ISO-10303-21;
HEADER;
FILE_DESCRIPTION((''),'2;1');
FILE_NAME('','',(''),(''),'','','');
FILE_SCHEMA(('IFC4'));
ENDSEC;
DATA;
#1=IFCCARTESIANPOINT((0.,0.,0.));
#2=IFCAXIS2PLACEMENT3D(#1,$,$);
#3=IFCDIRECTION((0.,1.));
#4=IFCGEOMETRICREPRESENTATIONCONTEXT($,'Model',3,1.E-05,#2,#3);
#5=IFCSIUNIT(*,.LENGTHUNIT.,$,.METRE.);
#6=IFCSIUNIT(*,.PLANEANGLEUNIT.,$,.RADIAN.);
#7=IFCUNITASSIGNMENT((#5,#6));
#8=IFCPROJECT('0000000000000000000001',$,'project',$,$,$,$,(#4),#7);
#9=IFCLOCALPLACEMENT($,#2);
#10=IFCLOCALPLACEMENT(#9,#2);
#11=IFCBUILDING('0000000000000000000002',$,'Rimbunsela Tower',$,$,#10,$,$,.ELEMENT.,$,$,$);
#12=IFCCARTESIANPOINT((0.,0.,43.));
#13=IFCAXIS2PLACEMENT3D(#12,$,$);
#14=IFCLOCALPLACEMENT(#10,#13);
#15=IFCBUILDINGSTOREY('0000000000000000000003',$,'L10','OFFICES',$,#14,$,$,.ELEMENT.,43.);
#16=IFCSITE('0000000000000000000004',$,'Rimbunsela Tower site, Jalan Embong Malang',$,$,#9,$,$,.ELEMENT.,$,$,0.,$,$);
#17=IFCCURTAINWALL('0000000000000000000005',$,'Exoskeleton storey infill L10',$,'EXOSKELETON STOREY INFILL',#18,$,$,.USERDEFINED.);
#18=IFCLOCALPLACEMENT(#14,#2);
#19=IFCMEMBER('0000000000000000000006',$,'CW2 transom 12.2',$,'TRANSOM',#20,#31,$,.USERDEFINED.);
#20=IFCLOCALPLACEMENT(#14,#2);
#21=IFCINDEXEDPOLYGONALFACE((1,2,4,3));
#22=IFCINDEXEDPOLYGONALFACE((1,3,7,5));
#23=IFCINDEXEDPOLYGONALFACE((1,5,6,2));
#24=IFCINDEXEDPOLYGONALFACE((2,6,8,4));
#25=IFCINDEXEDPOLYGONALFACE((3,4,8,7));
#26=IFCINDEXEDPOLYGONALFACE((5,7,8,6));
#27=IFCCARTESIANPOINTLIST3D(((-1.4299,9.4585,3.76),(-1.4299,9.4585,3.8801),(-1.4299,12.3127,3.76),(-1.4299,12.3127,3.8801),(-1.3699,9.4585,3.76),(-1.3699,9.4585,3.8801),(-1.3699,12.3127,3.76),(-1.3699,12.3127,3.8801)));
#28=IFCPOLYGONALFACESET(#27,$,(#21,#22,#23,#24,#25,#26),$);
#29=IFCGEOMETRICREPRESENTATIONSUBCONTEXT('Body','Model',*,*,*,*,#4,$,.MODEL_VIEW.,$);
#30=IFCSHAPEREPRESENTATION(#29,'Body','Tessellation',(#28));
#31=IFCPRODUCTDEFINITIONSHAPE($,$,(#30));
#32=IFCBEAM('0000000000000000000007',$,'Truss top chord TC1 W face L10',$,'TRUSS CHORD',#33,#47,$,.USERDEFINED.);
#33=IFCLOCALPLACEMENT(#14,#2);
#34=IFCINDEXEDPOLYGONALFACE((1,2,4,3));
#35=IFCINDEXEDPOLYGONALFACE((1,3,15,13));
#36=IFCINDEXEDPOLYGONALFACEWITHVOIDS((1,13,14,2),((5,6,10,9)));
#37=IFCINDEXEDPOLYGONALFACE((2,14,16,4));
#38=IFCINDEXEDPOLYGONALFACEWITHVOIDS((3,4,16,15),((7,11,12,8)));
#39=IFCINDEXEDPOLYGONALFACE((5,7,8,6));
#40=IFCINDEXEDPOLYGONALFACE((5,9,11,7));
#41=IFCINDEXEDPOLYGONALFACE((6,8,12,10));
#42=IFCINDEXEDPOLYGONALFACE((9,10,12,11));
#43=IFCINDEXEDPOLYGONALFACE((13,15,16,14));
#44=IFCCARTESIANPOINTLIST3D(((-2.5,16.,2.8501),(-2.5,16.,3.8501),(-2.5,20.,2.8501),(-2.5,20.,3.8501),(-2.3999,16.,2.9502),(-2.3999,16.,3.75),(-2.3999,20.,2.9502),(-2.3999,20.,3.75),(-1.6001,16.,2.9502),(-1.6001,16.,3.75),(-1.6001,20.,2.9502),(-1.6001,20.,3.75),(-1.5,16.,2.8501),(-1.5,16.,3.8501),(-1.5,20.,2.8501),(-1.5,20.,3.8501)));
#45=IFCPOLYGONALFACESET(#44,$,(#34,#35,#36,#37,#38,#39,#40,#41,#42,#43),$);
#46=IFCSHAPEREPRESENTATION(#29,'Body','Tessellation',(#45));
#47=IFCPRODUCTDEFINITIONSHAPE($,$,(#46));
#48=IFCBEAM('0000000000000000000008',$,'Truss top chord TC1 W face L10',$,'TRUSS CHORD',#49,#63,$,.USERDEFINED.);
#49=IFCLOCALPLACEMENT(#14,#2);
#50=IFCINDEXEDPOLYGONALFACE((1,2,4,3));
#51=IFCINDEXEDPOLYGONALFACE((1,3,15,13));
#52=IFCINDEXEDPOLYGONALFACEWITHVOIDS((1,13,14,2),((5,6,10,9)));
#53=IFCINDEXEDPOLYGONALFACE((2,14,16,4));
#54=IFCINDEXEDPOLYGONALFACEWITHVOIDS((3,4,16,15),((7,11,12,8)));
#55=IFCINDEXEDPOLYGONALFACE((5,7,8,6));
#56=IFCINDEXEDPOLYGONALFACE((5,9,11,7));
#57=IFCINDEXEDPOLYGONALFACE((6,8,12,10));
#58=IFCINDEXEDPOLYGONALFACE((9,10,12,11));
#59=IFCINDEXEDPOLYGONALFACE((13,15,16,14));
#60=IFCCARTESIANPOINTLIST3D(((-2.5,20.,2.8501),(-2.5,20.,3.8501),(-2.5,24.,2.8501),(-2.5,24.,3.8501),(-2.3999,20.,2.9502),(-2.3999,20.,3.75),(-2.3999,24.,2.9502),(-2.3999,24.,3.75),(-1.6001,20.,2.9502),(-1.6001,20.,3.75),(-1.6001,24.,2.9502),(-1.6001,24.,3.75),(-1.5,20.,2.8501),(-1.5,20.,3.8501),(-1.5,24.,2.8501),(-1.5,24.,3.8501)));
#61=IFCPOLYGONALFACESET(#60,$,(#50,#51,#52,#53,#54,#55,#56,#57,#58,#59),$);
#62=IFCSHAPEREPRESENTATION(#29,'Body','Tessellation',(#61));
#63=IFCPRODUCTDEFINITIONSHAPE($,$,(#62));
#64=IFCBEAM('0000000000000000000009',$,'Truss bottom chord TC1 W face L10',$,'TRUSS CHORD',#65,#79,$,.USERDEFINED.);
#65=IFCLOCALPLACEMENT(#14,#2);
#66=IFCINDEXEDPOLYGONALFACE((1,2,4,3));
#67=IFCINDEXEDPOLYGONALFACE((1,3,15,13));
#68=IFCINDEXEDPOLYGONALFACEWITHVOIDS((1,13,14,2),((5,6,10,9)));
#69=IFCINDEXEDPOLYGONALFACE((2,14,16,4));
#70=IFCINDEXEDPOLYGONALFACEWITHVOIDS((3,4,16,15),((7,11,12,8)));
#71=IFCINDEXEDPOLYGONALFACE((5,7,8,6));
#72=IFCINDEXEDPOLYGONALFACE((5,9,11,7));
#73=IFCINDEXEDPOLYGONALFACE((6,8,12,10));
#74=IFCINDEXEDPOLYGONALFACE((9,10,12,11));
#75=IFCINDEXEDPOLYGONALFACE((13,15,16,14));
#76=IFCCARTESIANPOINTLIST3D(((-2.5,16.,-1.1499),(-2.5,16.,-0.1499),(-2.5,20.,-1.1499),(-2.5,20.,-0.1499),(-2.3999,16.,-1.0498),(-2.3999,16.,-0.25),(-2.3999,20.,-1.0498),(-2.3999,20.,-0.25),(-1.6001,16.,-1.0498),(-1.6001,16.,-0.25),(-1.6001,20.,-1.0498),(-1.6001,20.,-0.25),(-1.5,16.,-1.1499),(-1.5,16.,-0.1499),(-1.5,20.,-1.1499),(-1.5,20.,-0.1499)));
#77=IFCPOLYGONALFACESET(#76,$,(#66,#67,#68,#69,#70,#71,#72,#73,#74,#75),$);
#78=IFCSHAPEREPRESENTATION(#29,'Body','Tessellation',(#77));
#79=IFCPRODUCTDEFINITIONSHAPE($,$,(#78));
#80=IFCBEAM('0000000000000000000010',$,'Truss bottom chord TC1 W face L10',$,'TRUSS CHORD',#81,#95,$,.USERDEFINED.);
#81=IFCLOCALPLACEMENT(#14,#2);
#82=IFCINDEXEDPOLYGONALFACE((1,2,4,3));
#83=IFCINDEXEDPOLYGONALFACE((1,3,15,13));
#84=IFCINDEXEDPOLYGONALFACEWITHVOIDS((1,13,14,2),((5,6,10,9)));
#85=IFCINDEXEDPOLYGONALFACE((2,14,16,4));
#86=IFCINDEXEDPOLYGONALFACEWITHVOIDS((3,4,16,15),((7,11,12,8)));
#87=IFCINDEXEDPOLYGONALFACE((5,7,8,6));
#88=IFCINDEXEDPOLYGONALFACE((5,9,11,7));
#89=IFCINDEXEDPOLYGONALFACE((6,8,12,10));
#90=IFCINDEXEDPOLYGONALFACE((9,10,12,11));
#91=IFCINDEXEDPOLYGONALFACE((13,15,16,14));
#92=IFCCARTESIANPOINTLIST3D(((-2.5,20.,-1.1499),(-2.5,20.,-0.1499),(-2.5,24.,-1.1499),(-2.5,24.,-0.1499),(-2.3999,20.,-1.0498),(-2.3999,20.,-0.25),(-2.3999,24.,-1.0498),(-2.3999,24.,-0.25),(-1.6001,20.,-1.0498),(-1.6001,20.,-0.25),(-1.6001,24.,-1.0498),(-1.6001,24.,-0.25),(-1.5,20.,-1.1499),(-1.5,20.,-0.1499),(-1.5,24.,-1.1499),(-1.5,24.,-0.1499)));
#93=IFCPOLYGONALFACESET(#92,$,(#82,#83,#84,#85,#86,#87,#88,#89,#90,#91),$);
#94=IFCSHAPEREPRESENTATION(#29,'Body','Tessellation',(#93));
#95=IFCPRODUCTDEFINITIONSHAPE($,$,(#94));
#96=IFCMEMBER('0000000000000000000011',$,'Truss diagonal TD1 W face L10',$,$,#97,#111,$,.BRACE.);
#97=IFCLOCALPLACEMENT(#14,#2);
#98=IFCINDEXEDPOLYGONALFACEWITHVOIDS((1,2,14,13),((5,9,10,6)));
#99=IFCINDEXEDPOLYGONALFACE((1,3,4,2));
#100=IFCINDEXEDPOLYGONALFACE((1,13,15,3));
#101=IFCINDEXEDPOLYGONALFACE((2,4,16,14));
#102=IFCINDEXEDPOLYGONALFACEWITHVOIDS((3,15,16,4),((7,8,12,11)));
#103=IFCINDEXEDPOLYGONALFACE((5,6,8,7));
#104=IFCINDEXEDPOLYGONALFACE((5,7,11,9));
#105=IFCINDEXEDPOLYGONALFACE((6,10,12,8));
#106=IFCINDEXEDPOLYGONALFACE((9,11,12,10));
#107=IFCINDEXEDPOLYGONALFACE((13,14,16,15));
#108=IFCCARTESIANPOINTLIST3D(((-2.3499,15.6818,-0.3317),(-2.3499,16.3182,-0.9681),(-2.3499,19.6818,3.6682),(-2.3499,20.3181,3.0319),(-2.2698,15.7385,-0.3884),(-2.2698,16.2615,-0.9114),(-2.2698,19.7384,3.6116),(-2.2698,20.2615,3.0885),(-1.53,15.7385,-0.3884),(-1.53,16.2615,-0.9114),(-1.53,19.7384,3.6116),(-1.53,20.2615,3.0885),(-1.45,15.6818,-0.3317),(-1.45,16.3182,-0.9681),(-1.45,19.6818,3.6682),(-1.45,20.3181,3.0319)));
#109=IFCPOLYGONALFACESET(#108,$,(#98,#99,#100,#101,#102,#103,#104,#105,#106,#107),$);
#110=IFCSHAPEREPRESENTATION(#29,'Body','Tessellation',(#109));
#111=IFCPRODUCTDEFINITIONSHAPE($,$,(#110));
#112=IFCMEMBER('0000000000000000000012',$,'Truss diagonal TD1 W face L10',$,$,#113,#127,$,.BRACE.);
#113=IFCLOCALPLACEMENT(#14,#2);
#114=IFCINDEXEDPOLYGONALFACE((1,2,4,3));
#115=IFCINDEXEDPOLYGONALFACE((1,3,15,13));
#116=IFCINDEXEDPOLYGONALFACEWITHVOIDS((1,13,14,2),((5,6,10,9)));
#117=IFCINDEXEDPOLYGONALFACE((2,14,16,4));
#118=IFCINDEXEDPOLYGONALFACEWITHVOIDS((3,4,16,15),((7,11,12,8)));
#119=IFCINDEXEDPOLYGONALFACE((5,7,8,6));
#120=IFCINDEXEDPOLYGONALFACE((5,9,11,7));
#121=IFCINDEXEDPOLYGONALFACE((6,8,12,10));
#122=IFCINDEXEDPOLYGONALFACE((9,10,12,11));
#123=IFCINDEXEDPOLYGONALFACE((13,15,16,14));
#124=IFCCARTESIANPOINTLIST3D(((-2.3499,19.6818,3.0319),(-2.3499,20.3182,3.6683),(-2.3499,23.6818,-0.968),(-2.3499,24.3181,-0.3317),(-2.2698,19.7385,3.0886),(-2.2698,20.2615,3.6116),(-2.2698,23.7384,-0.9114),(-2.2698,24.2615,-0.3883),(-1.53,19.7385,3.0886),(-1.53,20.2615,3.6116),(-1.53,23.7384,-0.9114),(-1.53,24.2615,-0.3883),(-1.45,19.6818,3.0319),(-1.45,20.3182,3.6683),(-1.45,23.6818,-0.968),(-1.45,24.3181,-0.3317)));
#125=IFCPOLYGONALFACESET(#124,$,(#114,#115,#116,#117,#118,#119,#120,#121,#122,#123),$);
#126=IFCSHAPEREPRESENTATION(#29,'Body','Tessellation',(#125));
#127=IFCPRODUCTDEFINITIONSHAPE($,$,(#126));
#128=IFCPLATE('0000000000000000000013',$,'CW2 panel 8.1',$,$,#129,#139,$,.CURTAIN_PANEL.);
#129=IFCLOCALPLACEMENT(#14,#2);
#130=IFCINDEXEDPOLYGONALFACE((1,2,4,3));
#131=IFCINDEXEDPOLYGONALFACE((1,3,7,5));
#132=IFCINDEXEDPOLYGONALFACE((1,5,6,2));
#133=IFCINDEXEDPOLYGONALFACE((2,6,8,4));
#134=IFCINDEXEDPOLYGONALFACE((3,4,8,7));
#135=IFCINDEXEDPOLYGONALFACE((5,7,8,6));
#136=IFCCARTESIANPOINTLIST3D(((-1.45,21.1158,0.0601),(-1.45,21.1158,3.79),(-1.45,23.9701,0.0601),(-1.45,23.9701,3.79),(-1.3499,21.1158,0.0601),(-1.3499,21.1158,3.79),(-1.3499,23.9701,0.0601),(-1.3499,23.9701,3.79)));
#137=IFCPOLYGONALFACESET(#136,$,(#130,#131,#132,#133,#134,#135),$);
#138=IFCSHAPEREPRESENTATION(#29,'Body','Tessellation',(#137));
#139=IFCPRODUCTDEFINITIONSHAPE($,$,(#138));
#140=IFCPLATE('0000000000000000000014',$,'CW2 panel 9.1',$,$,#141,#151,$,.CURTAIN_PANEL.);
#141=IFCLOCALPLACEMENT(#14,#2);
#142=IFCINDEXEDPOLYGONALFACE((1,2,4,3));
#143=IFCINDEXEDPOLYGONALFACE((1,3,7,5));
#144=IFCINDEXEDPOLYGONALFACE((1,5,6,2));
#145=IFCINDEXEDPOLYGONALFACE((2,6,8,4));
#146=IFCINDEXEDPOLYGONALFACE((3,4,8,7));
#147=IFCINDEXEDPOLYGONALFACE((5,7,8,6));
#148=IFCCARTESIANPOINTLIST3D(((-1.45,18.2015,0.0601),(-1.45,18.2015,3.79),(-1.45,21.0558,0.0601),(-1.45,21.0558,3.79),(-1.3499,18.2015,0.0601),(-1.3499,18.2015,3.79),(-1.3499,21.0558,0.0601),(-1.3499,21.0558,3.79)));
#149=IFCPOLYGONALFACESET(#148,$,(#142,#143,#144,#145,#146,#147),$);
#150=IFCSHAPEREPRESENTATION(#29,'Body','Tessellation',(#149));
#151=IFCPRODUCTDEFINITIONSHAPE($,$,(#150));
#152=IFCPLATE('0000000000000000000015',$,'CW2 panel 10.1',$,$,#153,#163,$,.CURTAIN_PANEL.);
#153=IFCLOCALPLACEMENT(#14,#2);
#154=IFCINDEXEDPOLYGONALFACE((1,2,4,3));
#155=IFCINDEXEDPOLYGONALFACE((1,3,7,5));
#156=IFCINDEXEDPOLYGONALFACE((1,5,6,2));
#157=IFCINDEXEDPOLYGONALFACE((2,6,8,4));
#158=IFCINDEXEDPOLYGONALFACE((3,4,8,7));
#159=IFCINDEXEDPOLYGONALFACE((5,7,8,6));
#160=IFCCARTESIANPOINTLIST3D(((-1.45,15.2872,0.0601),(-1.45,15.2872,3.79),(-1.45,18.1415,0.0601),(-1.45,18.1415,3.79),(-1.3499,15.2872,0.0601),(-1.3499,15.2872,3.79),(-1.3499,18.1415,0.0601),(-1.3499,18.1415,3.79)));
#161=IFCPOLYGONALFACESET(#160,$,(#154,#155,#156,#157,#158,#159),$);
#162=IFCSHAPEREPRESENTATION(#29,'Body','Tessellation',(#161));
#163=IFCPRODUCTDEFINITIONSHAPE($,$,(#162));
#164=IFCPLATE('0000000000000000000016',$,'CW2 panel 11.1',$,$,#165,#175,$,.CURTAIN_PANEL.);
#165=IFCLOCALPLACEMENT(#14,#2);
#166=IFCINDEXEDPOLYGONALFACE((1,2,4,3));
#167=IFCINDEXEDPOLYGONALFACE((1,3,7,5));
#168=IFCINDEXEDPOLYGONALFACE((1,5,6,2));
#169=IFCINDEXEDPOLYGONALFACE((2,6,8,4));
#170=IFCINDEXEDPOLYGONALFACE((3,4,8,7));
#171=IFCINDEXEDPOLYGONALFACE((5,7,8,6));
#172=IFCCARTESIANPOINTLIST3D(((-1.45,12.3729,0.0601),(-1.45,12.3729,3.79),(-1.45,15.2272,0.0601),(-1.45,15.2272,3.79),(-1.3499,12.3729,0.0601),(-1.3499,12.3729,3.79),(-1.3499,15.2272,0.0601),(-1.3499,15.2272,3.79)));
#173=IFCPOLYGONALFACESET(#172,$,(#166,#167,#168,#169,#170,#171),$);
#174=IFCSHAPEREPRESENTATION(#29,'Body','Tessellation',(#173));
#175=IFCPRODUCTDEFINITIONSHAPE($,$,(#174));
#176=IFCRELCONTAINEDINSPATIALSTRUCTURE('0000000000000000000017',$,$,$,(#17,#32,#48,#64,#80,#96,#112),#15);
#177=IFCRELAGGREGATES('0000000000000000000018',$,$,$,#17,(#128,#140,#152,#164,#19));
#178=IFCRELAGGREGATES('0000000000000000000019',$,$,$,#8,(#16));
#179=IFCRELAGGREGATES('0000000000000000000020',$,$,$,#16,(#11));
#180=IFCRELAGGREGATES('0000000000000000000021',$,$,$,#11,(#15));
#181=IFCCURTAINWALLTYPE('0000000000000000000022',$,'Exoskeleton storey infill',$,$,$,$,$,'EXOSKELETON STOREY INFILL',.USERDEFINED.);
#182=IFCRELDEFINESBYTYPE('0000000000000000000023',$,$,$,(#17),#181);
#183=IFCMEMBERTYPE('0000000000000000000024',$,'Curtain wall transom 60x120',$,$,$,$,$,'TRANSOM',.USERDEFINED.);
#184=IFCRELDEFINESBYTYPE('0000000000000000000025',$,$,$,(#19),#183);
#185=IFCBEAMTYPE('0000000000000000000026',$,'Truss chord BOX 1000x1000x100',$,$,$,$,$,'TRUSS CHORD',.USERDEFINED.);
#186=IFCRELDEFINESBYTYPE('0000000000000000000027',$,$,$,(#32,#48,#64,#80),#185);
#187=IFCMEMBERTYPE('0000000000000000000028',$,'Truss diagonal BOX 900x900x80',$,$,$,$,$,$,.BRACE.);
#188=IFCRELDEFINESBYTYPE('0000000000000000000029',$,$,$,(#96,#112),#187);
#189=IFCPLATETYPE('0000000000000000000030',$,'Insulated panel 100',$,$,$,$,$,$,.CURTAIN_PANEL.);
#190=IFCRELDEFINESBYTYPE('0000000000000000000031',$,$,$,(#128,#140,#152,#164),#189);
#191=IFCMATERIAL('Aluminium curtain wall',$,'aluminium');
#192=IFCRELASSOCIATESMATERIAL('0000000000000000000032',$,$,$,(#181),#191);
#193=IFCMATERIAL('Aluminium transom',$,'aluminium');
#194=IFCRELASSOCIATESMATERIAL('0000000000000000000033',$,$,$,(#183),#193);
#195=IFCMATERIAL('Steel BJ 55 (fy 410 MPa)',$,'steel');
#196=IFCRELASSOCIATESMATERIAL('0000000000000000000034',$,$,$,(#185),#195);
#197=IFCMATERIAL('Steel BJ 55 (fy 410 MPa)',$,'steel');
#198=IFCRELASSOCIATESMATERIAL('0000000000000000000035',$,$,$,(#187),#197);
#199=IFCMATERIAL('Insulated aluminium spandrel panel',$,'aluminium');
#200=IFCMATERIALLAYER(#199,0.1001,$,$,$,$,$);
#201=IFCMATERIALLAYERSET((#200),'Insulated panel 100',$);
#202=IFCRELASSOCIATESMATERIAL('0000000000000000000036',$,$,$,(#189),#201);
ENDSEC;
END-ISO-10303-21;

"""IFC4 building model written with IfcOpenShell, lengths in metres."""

from ifc_helpers import new_model, si_unit, direction, frame, origin, origin_2d, place, context, subcontext, project, spatial, rectangle, hollow_rectangle, extrude, material, layer, layer_set, material_profile, profile_set, type_object, element, aggregate, save


model = new_model("IFC4")

# Units and contexts
model_context = context("Model", 3, precision=1e-05, world=origin(), true_north=direction((0.0, 1.0)))
body_context = subcontext(model_context, "Body", "Model", "MODEL_VIEW")
ifc_project = project(units=[si_unit("LENGTHUNIT", "METRE"), si_unit("PLANEANGLEUNIT", "RADIAN")], contexts=[model_context])

# Site, building, storey
site_placement = place(None, origin())
site = spatial("IfcSite", under=ifc_project, at=site_placement, Name="Rimbunsela Tower site, Jalan Embong Malang", CompositionType="ELEMENT", RefElevation=0.0)
building_placement = place(site_placement, origin())
building = spatial("IfcBuilding", under=site, at=building_placement, Name="Rimbunsela Tower", CompositionType="ELEMENT")
storey_placement = place(building_placement, frame((0.0, 0.0, 43.0)))
storey = spatial("IfcBuildingStorey", under=building, at=storey_placement, Name="L10", Description="OFFICES", CompositionType="ELEMENT", Elevation=43.0)

# Curtain wall, member
ifc_material_1 = material(Name="Aluminium curtain wall", Category="aluminium")
curtain_wall_type = type_object("IfcCurtainWallType", Name="Exoskeleton storey infill", ElementType="EXOSKELETON STOREY INFILL", PredefinedType="USERDEFINED", material=ifc_material_1)
curtain_wall_placement = place(storey_placement, origin())
curtain_wall = element("IfcCurtainWall", 1, at=curtain_wall_placement, inside=storey, type_object=curtain_wall_type, Name="Exoskeleton storey infill L10", ObjectType="EXOSKELETON STOREY INFILL", PredefinedType="USERDEFINED")
ifc_material_2 = material(Name="Aluminium transom", Category="aluminium")
ifc_material_profile_1 = material_profile(ifc_material_2, rectangle(XDim=0.0601, YDim=0.1201, at=origin_2d()), Name="Transom 60x120")
ifc_profile_set_1 = profile_set([ifc_material_profile_1], Name="Aluminium transom")
member_type_1 = type_object("IfcMemberType", Name="Curtain wall transom 60x120", ElementType="TRANSOM", PredefinedType="USERDEFINED", material=ifc_profile_set_1)
member_1_placement = place(storey_placement, frame((-1.3999, 12.3127, 3.8201), z_axis=(0.0, -1.0, 0.0), x_axis=(1.0, 0.0, 0.0)))
member_1 = element("IfcMember", 2, at=member_1_placement, type_object=member_type_1, Name="CW2 transom 12.2", ObjectType="TRANSOM", PredefinedType="USERDEFINED", context=body_context, shape_type="SweptSolid", body=[
    extrude(rectangle(XDim=0.0601, YDim=0.1201, at=origin_2d()), origin(), (0.0, 0.0, 1.0), 2.8542),
])

# Beams
ifc_material_3 = material(Name="Steel BJ 55 (fy 410 MPa)", Category="steel")
ifc_material_profile_2 = material_profile(ifc_material_3, hollow_rectangle(XDim=1.0, YDim=1.0, WallThickness=0.1001, at=origin_2d()), Name="BOX 1000x1000x100")
ifc_profile_set_2 = profile_set([ifc_material_profile_2], Name="Steel BJ 55 (fy 410 MPa)")
beam_type_1 = type_object("IfcBeamType", Name="Truss chord BOX 1000x1000x100", ElementType="TRUSS CHORD", PredefinedType="USERDEFINED", material=ifc_profile_set_2)
for number, where, z_axis, x_axis, name in (
    (3, (-2.0, 16.0, 3.3501), (0.0, 1.0, 0.0), (-1.0, 0.0, 0.0), "Truss top chord TC1 W face L10"),
    (4, (-2.0, 20.0, 3.3501), (0.0, 1.0, 0.0), (-1.0, 0.0, 0.0), "Truss top chord TC1 W face L10"),
    (5, (-2.0, 16.0, -0.6499), (0.0, 1.0, 0.0), (-1.0, 0.0, 0.0), "Truss bottom chord TC1 W face L10"),
    (6, (-2.0, 20.0, -0.6499), (0.0, 1.0, 0.0), (-1.0, 0.0, 0.0), "Truss bottom chord TC1 W face L10"),
):
    element("IfcBeam", number, at=place(storey_placement, frame(where, z_axis=z_axis, x_axis=x_axis)), inside=storey, type_object=beam_type_1, Name=name, ObjectType="TRUSS CHORD", PredefinedType="USERDEFINED", context=body_context, shape_type="SweptSolid", body=[
        extrude(hollow_rectangle(XDim=1.0, YDim=1.0, WallThickness=0.1001, at=origin_2d()), origin(), (0.0, 0.0, 1.0), 4.0),
    ])

# Members
ifc_material_4 = material(Name="Steel BJ 55 (fy 410 MPa)", Category="steel")
ifc_material_profile_3 = material_profile(ifc_material_4, hollow_rectangle(XDim=0.8999, YDim=0.8999, WallThickness=0.0801, at=origin_2d()), Name="BOX 900x900x80")
ifc_profile_set_3 = profile_set([ifc_material_profile_3], Name="Steel BJ 55 (fy 410 MPa)")
member_type_2 = type_object("IfcMemberType", Name="Truss diagonal BOX 900x900x80", PredefinedType="BRACE", material=ifc_profile_set_3)
for number, where, z_axis, x_axis, name in (
    (7, (-1.8999, 16.0, -0.6499), (0.0, 0.707107, 0.707107), (-1.0, 0.0, 0.0), "Truss diagonal TD1 W face L10"),
    (8, (-1.8999, 20.0, 3.3501), (0.0, 0.707107, -0.707107), (-1.0, 0.0, 0.0), "Truss diagonal TD1 W face L10"),
):
    element("IfcMember", number, at=place(storey_placement, frame(where, z_axis=z_axis, x_axis=x_axis)), inside=storey, type_object=member_type_2, Name=name, PredefinedType="BRACE", context=body_context, shape_type="SweptSolid", body=[
        extrude(hollow_rectangle(XDim=0.8999, YDim=0.8999, WallThickness=0.0801, at=origin_2d()), origin(), (0.0, 0.0, 1.0), 5.6567),
    ])

# Plates
ifc_material_5 = material(Name="Insulated aluminium spandrel panel", Category="aluminium")
ifc_layer = layer(ifc_material_5, 0.1001)
ifc_layer_set = layer_set([ifc_layer], Name="Insulated panel 100")
plate_type = type_object("IfcPlateType", Name="Insulated panel 100", PredefinedType="CURTAIN_PANEL", material=ifc_layer_set)
plate_1_placement = place(storey_placement, frame((-1.3999, 22.543, 0.0601), z_axis=(0.0, 0.0, 1.0), x_axis=(0.0, -1.0, 0.0)))
plate_1 = element("IfcPlate", 9, at=plate_1_placement, type_object=plate_type, Name="CW2 panel 8.1", PredefinedType="CURTAIN_PANEL", context=body_context, shape_type="SweptSolid", body=[
    extrude(rectangle(XDim=2.8542, YDim=0.1001, at=origin_2d()), origin(), (0.0, 0.0, 1.0), 3.73),
])
plate_2_placement = place(storey_placement, frame((-1.3999, 19.6287, 0.0601), z_axis=(0.0, 0.0, 1.0), x_axis=(0.0, -1.0, 0.0)))
plate_2 = element("IfcPlate", 10, at=plate_2_placement, type_object=plate_type, Name="CW2 panel 9.1", PredefinedType="CURTAIN_PANEL", context=body_context, shape_type="SweptSolid", body=[
    extrude(rectangle(XDim=2.8542, YDim=0.1001, at=origin_2d()), origin(), (0.0, 0.0, 1.0), 3.73),
])
plate_3_placement = place(storey_placement, frame((-1.3999, 16.7144, 0.0601), z_axis=(0.0, 0.0, 1.0), x_axis=(0.0, -1.0, 0.0)))
plate_3 = element("IfcPlate", 11, at=plate_3_placement, type_object=plate_type, Name="CW2 panel 10.1", PredefinedType="CURTAIN_PANEL", context=body_context, shape_type="SweptSolid", body=[
    extrude(rectangle(XDim=2.8542, YDim=0.1001, at=origin_2d()), origin(), (0.0, 0.0, 1.0), 3.73),
])
plate_4_placement = place(storey_placement, frame((-1.3999, 13.8, 0.0601), z_axis=(0.0, 0.0, 1.0), x_axis=(0.0, -1.0, 0.0)))
plate_4 = element("IfcPlate", 12, at=plate_4_placement, type_object=plate_type, Name="CW2 panel 11.1", PredefinedType="CURTAIN_PANEL", context=body_context, shape_type="SweptSolid", body=[
    extrude(rectangle(XDim=2.8542, YDim=0.1001, at=origin_2d()), origin(), (0.0, 0.0, 1.0), 3.73),
])
aggregate(curtain_wall, [plate_1, plate_2, plate_3, plate_4, member_1])

save(model, "model.ifc")
